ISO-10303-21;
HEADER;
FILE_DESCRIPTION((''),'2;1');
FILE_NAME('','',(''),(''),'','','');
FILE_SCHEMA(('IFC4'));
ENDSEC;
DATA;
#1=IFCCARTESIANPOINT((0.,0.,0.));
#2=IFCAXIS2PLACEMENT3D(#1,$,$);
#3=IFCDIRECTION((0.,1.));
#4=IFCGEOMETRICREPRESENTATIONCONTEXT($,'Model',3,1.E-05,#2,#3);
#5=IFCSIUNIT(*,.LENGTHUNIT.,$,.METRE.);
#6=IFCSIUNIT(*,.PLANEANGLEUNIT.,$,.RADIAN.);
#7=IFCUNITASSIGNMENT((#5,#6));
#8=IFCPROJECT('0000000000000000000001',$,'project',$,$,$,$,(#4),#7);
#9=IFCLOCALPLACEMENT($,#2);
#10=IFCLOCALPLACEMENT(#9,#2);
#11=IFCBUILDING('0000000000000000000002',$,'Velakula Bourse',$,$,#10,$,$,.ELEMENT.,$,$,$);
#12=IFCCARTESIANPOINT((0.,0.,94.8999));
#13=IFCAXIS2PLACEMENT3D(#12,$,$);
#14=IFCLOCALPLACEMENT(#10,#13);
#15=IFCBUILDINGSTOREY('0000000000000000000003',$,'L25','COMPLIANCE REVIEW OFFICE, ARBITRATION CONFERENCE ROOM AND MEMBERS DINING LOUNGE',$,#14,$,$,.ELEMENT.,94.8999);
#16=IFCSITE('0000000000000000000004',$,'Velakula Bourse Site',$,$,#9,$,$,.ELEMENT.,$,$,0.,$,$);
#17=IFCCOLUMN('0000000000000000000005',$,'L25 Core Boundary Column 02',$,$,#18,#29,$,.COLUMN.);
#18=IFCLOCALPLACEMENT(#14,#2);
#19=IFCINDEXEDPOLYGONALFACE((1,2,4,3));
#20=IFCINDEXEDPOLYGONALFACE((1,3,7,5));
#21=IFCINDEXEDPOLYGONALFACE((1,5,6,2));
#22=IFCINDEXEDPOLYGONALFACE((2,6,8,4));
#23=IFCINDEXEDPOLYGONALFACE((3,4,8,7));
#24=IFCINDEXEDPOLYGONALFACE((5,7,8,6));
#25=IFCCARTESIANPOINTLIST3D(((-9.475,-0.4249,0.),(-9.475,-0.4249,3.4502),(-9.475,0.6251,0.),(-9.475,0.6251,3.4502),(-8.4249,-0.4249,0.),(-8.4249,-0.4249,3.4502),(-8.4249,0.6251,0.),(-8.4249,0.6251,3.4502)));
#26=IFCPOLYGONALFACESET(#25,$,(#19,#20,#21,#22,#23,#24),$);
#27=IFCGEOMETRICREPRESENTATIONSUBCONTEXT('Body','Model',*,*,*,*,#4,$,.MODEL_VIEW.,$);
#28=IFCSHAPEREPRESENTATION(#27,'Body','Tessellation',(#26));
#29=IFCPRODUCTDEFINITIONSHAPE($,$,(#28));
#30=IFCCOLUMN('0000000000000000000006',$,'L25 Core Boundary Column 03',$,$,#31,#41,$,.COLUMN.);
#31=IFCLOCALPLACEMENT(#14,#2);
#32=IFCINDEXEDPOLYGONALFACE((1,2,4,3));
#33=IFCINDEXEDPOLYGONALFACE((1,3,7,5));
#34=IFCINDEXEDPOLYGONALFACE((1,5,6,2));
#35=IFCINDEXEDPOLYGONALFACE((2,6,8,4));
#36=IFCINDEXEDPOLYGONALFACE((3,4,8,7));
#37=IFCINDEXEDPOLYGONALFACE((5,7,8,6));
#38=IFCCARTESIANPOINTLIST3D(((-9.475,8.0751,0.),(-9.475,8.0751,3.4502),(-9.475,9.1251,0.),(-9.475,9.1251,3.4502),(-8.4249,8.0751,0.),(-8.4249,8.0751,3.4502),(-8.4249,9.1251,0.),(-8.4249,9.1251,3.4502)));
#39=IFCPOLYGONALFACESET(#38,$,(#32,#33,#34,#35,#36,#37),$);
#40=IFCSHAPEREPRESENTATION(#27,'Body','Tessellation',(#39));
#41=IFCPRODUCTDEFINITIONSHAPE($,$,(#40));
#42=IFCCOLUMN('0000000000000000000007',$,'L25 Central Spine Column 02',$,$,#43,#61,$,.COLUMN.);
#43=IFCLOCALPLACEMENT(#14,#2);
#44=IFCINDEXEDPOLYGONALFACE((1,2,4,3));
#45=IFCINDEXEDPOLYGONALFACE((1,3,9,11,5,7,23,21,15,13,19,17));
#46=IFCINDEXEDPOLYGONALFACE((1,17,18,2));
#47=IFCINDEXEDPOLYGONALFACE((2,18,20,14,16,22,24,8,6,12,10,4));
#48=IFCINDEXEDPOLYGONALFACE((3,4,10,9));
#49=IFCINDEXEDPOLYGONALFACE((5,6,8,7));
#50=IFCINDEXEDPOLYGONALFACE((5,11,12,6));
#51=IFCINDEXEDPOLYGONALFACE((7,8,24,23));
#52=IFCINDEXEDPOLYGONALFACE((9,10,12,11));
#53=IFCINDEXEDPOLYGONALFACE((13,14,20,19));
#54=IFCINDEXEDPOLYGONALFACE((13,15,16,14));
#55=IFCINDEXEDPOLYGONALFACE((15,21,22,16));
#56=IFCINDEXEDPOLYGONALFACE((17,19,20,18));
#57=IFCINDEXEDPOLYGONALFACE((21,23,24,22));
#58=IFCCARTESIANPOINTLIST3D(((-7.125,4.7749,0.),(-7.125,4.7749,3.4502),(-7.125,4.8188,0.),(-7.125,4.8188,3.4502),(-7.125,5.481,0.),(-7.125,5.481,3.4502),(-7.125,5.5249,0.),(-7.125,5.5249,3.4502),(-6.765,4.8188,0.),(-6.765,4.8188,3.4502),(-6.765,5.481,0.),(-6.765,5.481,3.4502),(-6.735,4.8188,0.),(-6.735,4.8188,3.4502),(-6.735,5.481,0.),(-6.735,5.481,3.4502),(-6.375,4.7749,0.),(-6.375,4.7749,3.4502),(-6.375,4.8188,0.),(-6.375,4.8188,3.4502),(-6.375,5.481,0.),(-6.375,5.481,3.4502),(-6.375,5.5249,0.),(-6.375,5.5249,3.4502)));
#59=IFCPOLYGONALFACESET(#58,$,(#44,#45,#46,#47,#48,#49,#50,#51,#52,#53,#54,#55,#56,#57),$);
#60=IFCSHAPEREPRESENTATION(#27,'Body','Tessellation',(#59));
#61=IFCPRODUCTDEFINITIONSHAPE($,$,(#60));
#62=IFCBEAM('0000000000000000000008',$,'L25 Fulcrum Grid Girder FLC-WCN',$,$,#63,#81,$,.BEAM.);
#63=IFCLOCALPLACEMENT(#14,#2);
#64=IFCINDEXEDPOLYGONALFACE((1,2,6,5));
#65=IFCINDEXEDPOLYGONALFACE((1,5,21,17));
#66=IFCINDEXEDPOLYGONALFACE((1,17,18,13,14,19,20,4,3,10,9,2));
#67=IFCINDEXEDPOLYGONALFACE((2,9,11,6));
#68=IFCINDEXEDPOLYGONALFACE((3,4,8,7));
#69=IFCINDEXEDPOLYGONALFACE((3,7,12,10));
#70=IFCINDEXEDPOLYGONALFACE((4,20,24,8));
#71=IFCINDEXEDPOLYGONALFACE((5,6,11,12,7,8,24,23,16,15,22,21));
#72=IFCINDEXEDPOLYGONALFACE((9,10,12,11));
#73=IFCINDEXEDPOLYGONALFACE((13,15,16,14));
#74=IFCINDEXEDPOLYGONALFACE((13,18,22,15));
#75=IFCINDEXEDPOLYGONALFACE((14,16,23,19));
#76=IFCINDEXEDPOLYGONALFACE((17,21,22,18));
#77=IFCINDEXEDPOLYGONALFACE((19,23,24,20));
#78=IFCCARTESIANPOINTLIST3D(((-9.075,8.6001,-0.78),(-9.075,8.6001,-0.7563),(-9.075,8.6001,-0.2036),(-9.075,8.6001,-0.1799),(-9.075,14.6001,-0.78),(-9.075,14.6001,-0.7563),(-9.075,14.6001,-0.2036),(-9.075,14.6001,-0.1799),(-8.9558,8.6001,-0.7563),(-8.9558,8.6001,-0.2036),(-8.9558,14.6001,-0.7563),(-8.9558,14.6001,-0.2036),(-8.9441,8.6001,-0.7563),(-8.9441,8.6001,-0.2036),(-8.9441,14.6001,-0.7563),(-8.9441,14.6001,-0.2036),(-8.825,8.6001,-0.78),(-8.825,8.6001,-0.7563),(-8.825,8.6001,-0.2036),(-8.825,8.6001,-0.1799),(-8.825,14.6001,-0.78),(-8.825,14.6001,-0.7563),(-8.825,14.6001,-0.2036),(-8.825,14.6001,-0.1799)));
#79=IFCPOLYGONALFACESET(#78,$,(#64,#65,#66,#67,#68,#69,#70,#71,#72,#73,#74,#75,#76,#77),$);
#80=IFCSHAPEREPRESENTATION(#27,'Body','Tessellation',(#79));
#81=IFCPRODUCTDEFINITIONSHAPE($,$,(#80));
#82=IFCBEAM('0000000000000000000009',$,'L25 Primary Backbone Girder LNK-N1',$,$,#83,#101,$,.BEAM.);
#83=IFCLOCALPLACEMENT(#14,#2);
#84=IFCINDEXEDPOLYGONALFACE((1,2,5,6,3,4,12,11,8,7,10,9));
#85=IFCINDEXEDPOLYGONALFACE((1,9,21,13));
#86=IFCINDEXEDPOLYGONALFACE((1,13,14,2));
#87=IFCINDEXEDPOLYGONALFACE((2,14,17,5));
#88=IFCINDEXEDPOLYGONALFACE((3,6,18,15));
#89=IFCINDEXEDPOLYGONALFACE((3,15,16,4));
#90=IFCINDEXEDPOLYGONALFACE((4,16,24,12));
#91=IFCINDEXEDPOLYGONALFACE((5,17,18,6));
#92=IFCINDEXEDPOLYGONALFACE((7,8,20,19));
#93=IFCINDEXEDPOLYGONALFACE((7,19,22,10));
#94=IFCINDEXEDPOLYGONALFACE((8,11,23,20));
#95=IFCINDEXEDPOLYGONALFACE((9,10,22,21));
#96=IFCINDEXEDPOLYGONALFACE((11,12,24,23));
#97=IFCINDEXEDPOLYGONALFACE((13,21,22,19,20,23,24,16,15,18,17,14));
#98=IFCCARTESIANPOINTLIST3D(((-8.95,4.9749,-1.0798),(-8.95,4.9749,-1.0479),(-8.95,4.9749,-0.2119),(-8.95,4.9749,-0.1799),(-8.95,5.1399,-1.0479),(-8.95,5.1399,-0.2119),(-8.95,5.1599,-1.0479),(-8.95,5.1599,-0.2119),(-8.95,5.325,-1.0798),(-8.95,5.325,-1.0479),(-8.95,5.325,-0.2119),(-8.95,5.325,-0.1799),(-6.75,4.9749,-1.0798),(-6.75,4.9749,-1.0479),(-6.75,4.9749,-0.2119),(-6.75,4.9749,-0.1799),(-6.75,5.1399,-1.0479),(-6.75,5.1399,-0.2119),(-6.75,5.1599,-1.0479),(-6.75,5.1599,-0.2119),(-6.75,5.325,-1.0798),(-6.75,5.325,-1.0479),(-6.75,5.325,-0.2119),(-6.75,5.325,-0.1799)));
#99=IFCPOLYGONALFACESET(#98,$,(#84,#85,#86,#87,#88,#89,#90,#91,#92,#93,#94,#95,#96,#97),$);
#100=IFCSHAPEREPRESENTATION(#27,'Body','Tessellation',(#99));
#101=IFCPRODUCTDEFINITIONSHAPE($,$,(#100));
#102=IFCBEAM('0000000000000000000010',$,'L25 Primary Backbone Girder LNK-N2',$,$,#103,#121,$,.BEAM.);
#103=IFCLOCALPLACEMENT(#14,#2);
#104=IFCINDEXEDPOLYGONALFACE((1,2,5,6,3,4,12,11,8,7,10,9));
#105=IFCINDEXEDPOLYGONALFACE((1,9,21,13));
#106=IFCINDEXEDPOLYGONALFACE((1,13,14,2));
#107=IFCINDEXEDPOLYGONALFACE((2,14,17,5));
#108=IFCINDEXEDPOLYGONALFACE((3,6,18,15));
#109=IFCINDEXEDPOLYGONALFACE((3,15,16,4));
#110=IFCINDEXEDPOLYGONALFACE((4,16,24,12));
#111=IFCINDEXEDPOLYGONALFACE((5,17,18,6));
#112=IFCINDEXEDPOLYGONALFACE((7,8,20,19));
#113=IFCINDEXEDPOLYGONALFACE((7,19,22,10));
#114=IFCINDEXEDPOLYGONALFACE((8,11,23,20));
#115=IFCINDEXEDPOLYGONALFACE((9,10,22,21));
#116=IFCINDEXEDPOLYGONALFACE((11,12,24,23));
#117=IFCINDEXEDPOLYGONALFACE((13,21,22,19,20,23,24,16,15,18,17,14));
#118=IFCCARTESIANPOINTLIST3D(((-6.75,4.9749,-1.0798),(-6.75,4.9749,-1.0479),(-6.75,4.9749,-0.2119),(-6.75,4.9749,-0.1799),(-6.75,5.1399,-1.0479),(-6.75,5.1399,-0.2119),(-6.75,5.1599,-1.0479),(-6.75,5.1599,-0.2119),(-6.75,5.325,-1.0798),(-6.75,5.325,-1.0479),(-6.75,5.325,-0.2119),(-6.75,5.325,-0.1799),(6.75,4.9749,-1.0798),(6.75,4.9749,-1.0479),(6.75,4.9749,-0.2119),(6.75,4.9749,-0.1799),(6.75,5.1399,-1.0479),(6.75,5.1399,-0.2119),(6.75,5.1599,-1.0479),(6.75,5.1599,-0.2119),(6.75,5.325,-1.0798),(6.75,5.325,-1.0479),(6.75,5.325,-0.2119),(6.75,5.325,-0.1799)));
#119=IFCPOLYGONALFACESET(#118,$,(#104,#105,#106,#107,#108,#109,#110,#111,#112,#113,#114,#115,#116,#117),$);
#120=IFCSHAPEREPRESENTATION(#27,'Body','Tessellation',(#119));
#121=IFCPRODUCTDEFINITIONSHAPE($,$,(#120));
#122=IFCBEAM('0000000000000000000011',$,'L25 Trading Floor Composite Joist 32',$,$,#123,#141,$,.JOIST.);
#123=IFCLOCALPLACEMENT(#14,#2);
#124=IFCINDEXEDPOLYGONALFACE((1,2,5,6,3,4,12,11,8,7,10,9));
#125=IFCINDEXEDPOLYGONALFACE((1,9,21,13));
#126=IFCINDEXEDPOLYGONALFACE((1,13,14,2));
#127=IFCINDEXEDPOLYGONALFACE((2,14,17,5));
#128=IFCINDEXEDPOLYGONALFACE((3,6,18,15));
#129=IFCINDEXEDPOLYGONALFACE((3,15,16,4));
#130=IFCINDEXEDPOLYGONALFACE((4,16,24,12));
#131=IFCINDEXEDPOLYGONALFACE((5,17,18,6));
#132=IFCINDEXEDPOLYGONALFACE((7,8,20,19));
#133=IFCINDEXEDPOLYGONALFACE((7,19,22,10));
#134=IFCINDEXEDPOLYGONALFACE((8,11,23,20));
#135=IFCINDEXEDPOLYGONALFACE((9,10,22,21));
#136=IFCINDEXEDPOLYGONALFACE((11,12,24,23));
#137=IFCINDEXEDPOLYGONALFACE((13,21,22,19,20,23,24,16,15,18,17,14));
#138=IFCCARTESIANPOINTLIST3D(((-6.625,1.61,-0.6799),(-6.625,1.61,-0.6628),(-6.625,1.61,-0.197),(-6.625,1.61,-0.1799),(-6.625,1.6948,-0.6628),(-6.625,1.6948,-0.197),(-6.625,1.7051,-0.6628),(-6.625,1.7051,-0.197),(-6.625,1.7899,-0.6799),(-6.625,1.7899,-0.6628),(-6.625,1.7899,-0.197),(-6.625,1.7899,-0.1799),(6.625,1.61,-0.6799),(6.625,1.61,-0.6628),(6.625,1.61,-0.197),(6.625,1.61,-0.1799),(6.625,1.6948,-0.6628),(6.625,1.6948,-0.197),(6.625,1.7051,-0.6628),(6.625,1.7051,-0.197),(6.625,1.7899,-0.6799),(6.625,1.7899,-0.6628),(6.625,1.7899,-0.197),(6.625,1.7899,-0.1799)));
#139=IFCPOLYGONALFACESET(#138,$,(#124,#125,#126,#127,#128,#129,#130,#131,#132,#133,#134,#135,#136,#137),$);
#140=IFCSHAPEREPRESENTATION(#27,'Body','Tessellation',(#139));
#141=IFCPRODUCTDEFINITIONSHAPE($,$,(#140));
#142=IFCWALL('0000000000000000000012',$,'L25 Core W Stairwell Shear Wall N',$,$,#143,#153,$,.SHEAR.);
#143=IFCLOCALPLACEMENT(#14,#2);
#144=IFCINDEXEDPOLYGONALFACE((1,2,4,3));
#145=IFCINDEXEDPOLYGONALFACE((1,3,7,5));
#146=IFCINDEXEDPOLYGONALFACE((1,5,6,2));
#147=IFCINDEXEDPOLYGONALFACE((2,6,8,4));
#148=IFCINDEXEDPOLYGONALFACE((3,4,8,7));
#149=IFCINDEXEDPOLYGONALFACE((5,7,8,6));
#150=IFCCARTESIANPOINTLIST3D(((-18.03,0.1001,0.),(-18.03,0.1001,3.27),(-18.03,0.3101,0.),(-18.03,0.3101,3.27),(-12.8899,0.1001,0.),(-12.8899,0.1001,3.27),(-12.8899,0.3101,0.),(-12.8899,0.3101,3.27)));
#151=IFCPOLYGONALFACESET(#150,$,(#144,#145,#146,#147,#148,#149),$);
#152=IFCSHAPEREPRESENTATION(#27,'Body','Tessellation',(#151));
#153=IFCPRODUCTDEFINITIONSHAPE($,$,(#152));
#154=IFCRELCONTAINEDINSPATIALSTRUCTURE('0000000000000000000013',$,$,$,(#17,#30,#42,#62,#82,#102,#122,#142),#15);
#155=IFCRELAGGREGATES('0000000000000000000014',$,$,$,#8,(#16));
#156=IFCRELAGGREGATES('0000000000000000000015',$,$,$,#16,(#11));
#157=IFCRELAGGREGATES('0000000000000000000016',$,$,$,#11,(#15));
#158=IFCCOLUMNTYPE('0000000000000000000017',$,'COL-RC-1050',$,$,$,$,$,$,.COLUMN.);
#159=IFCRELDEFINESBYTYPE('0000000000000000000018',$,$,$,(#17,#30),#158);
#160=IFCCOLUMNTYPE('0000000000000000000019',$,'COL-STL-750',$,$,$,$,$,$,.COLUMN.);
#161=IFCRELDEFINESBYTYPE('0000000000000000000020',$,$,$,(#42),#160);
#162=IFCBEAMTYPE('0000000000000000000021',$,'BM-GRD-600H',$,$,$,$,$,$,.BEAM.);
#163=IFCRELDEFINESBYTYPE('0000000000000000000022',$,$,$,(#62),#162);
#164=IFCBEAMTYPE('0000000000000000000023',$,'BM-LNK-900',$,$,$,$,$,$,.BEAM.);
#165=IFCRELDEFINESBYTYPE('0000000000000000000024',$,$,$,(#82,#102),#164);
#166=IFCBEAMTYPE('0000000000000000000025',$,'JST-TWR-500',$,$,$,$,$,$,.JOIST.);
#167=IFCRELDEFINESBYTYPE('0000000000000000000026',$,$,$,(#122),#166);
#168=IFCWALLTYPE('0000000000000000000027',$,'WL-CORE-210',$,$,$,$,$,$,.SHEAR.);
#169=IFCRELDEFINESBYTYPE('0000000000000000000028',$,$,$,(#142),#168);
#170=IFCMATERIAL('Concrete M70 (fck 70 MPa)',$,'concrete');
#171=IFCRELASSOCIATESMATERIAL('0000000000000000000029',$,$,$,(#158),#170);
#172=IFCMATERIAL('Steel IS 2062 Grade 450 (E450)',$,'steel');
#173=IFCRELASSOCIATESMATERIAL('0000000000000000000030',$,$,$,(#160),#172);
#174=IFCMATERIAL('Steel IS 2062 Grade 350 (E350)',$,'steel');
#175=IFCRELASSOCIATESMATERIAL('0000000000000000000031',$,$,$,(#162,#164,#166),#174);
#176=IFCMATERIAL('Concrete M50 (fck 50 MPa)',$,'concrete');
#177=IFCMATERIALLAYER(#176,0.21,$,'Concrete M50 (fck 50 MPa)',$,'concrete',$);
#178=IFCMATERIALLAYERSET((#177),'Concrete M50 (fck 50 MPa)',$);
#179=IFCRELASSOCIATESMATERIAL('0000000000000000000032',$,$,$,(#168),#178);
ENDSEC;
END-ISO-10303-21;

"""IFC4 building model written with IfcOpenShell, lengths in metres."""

from ifc_helpers import new_model, si_unit, direction, frame, frame_2d, origin, origin_2d, place, context, subcontext, project, spatial, rectangle, i_section, extrude, material, layer, layer_set, material_profile, profile_set, type_object, element, save


model = new_model("IFC4")

# Units and contexts
model_context = context("Model", 3, precision=1e-05, world=origin(), true_north=direction((0.0, 1.0)))
body_context = subcontext(model_context, "Body", "Model", "MODEL_VIEW")
ifc_project = project(units=[si_unit("LENGTHUNIT", "METRE"), si_unit("PLANEANGLEUNIT", "RADIAN")], contexts=[model_context])

# Site, building, storey
site_placement = place(None, origin())
site = spatial("IfcSite", under=ifc_project, at=site_placement, Name="Velakula Bourse Site", CompositionType="ELEMENT", RefElevation=0.0)
building_placement = place(site_placement, origin())
building = spatial("IfcBuilding", under=site, at=building_placement, Name="Velakula Bourse", CompositionType="ELEMENT")
storey_placement = place(building_placement, frame((0.0, 0.0, 94.8999)))
storey = spatial("IfcBuildingStorey", under=building, at=storey_placement, Name="L25", Description="COMPLIANCE REVIEW OFFICE, ARBITRATION CONFERENCE ROOM AND MEMBERS DINING LOUNGE", CompositionType="ELEMENT", Elevation=94.8999)

# Columns
ifc_material_1 = material(Name="Concrete M70 (fck 70 MPa)", Category="concrete")
ifc_material_profile_1 = material_profile(ifc_material_1, rectangle(XDim=1.05, YDim=1.05, at=origin_2d()), Name="Concrete M70 (fck 70 MPa)")
ifc_profile_set_1 = profile_set([ifc_material_profile_1], Name="Concrete M70 (fck 70 MPa)")
column_type_1 = type_object("IfcColumnType", Name="COL-RC-1050", PredefinedType="COLUMN", material=ifc_profile_set_1)
for number, where, z_axis, x_axis, name in (
    (1, (-8.95, 0.1001, 0.0), (0.0, 0.0, 1.0), (1.0, 0.0, 0.0), "L25 Core Boundary Column 02"),
    (2, (-8.95, 8.6001, 0.0), (0.0, 0.0, 1.0), (1.0, 0.0, 0.0), "L25 Core Boundary Column 03"),
):
    element("IfcColumn", number, at=place(storey_placement, frame(where, z_axis=z_axis, x_axis=x_axis)), inside=storey, type_object=column_type_1, Name=name, PredefinedType="COLUMN", context=body_context, shape_type="SweptSolid", body=[
        extrude(rectangle(XDim=1.05, YDim=1.05, at=origin_2d()), origin(), (0.0, 0.0, 1.0), 3.4502),
    ])
ifc_material_2 = material(Name="Steel IS 2062 Grade 450 (E450)", Category="steel")
ifc_material_profile_2 = material_profile(ifc_material_2, i_section(OverallWidth=0.75, OverallDepth=0.75, WebThickness=0.03, FlangeThickness=0.0439, at=origin_2d()), Name="Steel IS 2062 Grade 450 (E450)")
ifc_profile_set_2 = profile_set([ifc_material_profile_2], Name="Steel IS 2062 Grade 450 (E450)")
column_type_2 = type_object("IfcColumnType", Name="COL-STL-750", PredefinedType="COLUMN", material=ifc_profile_set_2)
column_placement = place(storey_placement, frame((-6.75, 5.1499, 0.0), z_axis=(0.0, 0.0, 1.0), x_axis=(1.0, 0.0, 0.0)))
element("IfcColumn", 3, at=column_placement, inside=storey, type_object=column_type_2, Name="L25 Central Spine Column 02", PredefinedType="COLUMN", context=body_context, shape_type="SweptSolid", body=[
    extrude(i_section(OverallWidth=0.75, OverallDepth=0.75, WebThickness=0.03, FlangeThickness=0.0439, at=origin_2d()), origin(), (0.0, 0.0, 1.0), 3.4502),
])

# Beams
ifc_material_3 = material(Name="Steel IS 2062 Grade 350 (E350)", Category="steel")
ifc_material_profile_3 = material_profile(ifc_material_3, i_section(OverallWidth=0.25, OverallDepth=0.6001, WebThickness=0.0117, FlangeThickness=0.0237, at=origin_2d()), Name="Steel IS 2062 Grade 350 (E350)")
ifc_profile_set_3 = profile_set([ifc_material_profile_3], Name="Steel IS 2062 Grade 350 (E350)")
beam_type_1 = type_object("IfcBeamType", Name="BM-GRD-600H", PredefinedType="BEAM", material=ifc_profile_set_3)
beam_1_placement = place(storey_placement, frame((-8.95, 8.6001, -0.48), z_axis=(0.0, 1.0, 0.0), x_axis=(-1.0, 0.0, 0.0)))
element("IfcBeam", 4, at=beam_1_placement, inside=storey, type_object=beam_type_1, Name="L25 Fulcrum Grid Girder FLC-WCN", PredefinedType="BEAM", context=body_context, shape_type="SweptSolid", body=[
    extrude(i_section(OverallWidth=0.25, OverallDepth=0.6001, WebThickness=0.0117, FlangeThickness=0.0237, at=origin_2d()), origin(), (0.0, 0.0, 1.0), 6.0),
])
ifc_material_profile_4 = material_profile(ifc_material_3, i_section(OverallWidth=0.3501, OverallDepth=0.8999, WebThickness=0.02, FlangeThickness=0.032, at=origin_2d()), Name="Steel IS 2062 Grade 350 (E350)")
ifc_profile_set_4 = profile_set([ifc_material_profile_4], Name="Steel IS 2062 Grade 350 (E350)")
beam_type_2 = type_object("IfcBeamType", Name="BM-LNK-900", PredefinedType="BEAM", material=ifc_profile_set_4)
beam_2_placement = place(storey_placement, frame((-8.95, 5.1499, -0.6299), z_axis=(1.0, 0.0, 0.0), x_axis=(0.0, 1.0, 0.0)))
element("IfcBeam", 5, at=beam_2_placement, inside=storey, type_object=beam_type_2, Name="L25 Primary Backbone Girder LNK-N1", PredefinedType="BEAM", context=body_context, shape_type="SweptSolid", body=[
    extrude(i_section(OverallWidth=0.3501, OverallDepth=0.8999, WebThickness=0.02, FlangeThickness=0.032, at=origin_2d()), origin(), (0.0, 0.0, 1.0), 2.2),
])
beam_3_placement = place(storey_placement, frame((-6.75, 5.1499, -0.6299), z_axis=(1.0, 0.0, 0.0), x_axis=(0.0, 1.0, 0.0)))
element("IfcBeam", 6, at=beam_3_placement, inside=storey, type_object=beam_type_2, Name="L25 Primary Backbone Girder LNK-N2", PredefinedType="BEAM", context=body_context, shape_type="SweptSolid", body=[
    extrude(i_section(OverallWidth=0.3501, OverallDepth=0.8999, WebThickness=0.02, FlangeThickness=0.032, at=origin_2d()), origin(), (0.0, 0.0, 1.0), 13.5),
])
ifc_material_profile_5 = material_profile(ifc_material_3, i_section(OverallWidth=0.1799, OverallDepth=0.5, WebThickness=0.0103, FlangeThickness=0.0171, at=origin_2d()), Name="Steel IS 2062 Grade 350 (E350)")
ifc_profile_set_5 = profile_set([ifc_material_profile_5], Name="Steel IS 2062 Grade 350 (E350)")
beam_type_3 = type_object("IfcBeamType", Name="JST-TWR-500", PredefinedType="JOIST", material=ifc_profile_set_5)
beam_4_placement = place(storey_placement, frame((-6.625, 1.7, -0.4299), z_axis=(1.0, 0.0, 0.0), x_axis=(0.0, 1.0, 0.0)))
element("IfcBeam", 7, at=beam_4_placement, inside=storey, type_object=beam_type_3, Name="L25 Trading Floor Composite Joist 32", PredefinedType="JOIST", context=body_context, shape_type="SweptSolid", body=[
    extrude(i_section(OverallWidth=0.1799, OverallDepth=0.5, WebThickness=0.0103, FlangeThickness=0.0171, at=origin_2d()), origin(), (0.0, 0.0, 1.0), 13.25),
])

# Wall
ifc_material_4 = material(Name="Concrete M50 (fck 50 MPa)", Category="concrete")
ifc_layer_1 = layer(ifc_material_4, 0.21, Name="Concrete M50 (fck 50 MPa)", Category="concrete")
ifc_layer_set_1 = layer_set([ifc_layer_1], Name="Concrete M50 (fck 50 MPa)")
wall_type_1 = type_object("IfcWallType", Name="WL-CORE-210", PredefinedType="SHEAR", material=ifc_layer_set_1)
wall_1_placement = place(storey_placement, frame((-12.8899, 0.2051, 0.0), z_axis=(0.0, 0.0, 1.0), x_axis=(-1.0, 0.0, 0.0)))
element("IfcWall", 8, at=wall_1_placement, inside=storey, type_object=wall_type_1, Name="L25 Core W Stairwell Shear Wall N", PredefinedType="SHEAR", context=body_context, shape_type="SweptSolid", body=[
    extrude(rectangle(XDim=5.1401, YDim=0.21, at=frame_2d((2.5701, 0.0))), origin(), (0.0, 0.0, 1.0), 3.27),
])

save(model, "model.ifc")
